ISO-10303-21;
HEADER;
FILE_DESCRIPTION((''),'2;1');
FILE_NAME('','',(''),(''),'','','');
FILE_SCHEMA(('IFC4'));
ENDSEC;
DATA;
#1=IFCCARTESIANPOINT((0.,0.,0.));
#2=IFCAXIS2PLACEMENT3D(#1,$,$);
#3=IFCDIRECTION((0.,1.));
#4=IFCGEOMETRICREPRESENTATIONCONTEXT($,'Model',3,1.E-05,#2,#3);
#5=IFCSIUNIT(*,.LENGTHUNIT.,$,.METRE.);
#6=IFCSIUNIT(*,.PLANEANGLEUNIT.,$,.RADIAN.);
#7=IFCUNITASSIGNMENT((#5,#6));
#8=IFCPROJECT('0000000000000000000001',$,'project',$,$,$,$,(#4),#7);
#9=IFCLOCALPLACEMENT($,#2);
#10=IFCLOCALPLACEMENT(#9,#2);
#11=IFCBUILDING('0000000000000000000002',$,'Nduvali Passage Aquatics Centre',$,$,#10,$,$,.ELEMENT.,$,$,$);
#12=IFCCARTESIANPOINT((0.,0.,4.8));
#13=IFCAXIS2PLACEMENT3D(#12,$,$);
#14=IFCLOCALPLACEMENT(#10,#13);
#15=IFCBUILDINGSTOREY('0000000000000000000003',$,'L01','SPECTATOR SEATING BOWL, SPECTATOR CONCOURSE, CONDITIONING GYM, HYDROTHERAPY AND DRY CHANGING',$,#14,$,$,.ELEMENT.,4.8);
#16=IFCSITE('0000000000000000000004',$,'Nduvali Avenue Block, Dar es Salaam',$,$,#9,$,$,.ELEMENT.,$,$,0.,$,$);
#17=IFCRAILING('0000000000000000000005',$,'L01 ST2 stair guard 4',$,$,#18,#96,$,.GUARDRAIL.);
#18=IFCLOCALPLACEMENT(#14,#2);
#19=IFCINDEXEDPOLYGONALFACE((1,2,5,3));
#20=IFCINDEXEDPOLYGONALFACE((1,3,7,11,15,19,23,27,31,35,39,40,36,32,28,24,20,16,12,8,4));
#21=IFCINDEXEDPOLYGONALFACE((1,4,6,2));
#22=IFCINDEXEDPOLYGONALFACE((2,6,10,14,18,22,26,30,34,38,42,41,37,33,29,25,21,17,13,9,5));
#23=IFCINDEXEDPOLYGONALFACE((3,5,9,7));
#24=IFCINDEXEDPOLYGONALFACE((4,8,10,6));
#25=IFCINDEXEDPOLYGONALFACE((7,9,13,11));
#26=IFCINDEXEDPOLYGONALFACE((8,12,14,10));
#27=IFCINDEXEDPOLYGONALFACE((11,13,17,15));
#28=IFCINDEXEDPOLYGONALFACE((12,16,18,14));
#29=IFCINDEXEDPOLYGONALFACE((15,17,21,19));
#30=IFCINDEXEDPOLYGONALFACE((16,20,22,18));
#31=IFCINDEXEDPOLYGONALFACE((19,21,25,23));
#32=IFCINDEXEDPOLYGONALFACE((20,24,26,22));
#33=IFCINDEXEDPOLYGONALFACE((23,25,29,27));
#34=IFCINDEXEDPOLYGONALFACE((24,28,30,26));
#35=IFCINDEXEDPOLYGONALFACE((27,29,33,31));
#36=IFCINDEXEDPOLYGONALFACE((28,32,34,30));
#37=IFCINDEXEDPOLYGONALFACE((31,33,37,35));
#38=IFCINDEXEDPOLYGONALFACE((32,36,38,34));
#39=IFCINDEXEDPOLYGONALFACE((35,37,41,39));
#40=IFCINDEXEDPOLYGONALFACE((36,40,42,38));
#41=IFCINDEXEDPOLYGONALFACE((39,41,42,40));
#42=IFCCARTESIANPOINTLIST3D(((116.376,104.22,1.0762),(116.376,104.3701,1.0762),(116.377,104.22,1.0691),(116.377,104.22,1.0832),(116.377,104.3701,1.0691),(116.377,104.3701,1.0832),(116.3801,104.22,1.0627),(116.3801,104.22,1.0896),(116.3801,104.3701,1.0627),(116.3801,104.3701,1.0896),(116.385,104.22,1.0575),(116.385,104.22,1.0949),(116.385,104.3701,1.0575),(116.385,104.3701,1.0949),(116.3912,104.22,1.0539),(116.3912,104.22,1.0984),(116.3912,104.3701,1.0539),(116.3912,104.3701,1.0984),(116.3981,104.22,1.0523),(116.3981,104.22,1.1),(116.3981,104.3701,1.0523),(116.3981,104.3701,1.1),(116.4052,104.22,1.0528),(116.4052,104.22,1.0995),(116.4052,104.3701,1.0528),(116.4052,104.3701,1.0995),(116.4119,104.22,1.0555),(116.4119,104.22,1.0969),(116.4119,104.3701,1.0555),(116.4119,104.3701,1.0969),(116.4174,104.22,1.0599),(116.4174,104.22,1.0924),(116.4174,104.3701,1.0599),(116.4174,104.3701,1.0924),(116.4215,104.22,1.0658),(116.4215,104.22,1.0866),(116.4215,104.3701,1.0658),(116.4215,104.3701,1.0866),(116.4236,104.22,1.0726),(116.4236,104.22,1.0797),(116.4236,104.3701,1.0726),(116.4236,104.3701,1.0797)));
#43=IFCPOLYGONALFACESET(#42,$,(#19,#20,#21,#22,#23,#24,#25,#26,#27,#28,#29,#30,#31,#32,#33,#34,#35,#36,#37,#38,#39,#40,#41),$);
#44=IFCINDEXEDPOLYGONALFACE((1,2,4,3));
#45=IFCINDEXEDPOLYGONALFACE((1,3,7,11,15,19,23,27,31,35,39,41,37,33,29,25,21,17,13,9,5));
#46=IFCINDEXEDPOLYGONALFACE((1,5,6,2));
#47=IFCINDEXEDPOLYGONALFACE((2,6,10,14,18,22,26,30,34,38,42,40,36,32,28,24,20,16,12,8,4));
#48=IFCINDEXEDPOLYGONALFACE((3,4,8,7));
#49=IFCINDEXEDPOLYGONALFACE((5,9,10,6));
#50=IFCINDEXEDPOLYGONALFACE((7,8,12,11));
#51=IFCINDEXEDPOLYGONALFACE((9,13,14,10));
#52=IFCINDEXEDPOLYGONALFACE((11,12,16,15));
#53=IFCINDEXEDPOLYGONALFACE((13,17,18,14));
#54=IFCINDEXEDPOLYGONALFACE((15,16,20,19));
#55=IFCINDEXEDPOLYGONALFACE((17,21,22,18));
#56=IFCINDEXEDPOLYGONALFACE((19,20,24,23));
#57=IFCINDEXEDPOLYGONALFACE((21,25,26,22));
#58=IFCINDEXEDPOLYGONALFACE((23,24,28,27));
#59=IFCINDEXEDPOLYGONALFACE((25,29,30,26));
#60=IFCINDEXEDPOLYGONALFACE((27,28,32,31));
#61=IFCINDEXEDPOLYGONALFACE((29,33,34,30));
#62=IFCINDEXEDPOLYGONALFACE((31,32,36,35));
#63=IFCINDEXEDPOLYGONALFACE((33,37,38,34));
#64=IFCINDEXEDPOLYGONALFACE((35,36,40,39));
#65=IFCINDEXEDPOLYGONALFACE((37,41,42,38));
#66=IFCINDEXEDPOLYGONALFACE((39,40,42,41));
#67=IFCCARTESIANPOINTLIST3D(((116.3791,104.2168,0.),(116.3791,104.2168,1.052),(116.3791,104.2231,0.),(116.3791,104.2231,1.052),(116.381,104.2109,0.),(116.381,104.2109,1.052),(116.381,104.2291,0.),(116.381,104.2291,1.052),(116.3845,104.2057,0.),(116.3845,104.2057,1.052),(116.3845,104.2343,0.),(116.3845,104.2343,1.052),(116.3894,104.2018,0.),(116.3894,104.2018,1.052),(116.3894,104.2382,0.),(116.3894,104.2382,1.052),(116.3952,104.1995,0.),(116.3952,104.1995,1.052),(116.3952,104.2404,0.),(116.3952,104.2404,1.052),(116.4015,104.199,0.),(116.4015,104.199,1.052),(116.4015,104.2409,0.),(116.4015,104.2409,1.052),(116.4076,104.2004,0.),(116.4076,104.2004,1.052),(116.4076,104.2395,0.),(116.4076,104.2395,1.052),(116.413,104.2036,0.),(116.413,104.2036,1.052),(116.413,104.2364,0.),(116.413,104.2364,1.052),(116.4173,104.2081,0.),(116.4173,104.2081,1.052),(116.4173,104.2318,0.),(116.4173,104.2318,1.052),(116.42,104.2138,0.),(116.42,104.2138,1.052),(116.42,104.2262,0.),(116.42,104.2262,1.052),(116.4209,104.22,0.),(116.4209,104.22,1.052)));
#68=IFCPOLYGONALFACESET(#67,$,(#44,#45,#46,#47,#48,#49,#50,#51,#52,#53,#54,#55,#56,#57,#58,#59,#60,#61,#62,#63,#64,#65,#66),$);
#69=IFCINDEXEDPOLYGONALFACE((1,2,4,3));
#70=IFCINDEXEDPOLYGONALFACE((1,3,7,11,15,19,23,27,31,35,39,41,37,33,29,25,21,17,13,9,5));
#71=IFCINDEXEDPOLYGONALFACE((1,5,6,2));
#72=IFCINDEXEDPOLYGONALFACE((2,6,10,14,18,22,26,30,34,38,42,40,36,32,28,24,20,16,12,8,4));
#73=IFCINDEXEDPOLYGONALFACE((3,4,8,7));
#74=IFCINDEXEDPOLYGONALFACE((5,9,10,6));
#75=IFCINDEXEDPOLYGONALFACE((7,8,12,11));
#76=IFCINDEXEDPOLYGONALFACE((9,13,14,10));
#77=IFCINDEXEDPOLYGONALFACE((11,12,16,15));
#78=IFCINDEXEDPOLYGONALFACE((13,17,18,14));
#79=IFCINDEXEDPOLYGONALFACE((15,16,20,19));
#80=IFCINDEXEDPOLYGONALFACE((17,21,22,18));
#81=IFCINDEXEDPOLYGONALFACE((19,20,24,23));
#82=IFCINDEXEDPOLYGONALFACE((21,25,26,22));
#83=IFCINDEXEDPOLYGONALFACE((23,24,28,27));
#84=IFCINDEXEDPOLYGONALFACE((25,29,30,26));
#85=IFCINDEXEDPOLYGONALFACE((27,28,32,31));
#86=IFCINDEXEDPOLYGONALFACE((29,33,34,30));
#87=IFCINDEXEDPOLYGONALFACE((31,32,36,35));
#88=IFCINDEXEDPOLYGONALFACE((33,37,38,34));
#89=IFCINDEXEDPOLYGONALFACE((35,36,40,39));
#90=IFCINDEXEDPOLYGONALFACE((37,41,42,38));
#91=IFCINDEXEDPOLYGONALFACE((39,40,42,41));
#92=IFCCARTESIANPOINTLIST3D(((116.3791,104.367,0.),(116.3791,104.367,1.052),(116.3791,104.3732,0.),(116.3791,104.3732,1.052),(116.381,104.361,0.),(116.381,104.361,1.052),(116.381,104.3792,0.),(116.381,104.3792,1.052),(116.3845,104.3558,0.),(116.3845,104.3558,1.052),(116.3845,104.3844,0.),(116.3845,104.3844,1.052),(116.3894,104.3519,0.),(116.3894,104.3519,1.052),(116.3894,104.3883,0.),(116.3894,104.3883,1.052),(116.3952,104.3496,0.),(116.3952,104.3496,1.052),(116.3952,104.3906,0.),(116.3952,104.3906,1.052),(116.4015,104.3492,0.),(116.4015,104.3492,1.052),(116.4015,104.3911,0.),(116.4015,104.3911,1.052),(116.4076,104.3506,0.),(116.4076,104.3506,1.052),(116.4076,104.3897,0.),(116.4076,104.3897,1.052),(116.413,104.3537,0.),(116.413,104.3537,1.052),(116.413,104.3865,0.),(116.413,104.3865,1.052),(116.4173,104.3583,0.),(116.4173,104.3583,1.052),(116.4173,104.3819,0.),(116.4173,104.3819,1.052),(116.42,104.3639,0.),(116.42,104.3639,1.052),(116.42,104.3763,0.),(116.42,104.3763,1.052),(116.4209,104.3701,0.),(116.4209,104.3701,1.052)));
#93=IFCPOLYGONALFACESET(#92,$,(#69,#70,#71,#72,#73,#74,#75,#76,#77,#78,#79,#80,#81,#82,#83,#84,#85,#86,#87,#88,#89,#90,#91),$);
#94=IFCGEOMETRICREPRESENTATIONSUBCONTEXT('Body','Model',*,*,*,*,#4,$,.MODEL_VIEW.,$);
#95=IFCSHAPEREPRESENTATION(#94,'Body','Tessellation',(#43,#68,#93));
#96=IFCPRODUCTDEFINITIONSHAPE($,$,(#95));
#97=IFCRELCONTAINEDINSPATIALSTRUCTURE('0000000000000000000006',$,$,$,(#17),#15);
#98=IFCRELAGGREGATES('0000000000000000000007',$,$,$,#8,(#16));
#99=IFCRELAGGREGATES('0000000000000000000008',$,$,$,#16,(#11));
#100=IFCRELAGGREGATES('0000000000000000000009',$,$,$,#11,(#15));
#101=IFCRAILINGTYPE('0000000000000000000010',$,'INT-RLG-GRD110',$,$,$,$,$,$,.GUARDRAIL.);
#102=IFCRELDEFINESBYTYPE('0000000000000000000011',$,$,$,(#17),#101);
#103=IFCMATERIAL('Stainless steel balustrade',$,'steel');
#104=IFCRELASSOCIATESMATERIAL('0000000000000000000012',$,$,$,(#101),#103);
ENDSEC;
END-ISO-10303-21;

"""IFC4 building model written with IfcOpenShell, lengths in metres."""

from ifc_helpers import new_model, si_unit, direction, frame, origin, origin_2d, place, context, subcontext, project, spatial, circle, extrude, material, type_object, element, save


model = new_model("IFC4")

# Units and contexts
model_context = context("Model", 3, precision=1e-05, world=origin(), true_north=direction((0.0, 1.0)))
body_context = subcontext(model_context, "Body", "Model", "MODEL_VIEW")
ifc_project = project(units=[si_unit("LENGTHUNIT", "METRE"), si_unit("PLANEANGLEUNIT", "RADIAN")], contexts=[model_context])

# Site, building, storey
site_placement = place(None, origin())
site = spatial("IfcSite", under=ifc_project, at=site_placement, Name="Nduvali Avenue Block, Dar es Salaam", CompositionType="ELEMENT", RefElevation=0.0)
building_placement = place(site_placement, origin())
building = spatial("IfcBuilding", under=site, at=building_placement, Name="Nduvali Passage Aquatics Centre", CompositionType="ELEMENT")
storey_placement = place(building_placement, frame((0.0, 0.0, 4.8)))
storey = spatial("IfcBuildingStorey", under=building, at=storey_placement, Name="L01", Description="SPECTATOR SEATING BOWL, SPECTATOR CONCOURSE, CONDITIONING GYM, HYDROTHERAPY AND DRY CHANGING", CompositionType="ELEMENT", Elevation=4.8)

# Railing
ifc_material_1 = material(Name="Stainless steel balustrade", Category="steel")
railing_type_1 = type_object("IfcRailingType", Name="INT-RLG-GRD110", PredefinedType="GUARDRAIL", material=ifc_material_1)
railing_1_placement = place(storey_placement, frame((116.3999, 104.22, 0.0)))
element("IfcRailing", 1, at=railing_1_placement, inside=storey, type_object=railing_type_1, Name="L01 ST2 stair guard 4", PredefinedType="GUARDRAIL", context=body_context, shape_type="SweptSolid", body=[
    extrude(circle(Radius=0.0239, at=origin_2d()), frame((0.0, 0.0, 1.0762), z_axis=(0.0, 1.0, 0.0), x_axis=(-1.0, 0.0, 0.0)), (0.0, 0.0, 1.0), 0.1501),
    extrude(circle(Radius=0.021, at=origin_2d()), origin(), (0.0, 0.0, 1.0), 1.052),
    extrude(circle(Radius=0.021, at=origin_2d()), frame((0.0, 0.1501, 0.0)), (0.0, 0.0, 1.0), 1.052),
])

save(model, "model.ifc")
